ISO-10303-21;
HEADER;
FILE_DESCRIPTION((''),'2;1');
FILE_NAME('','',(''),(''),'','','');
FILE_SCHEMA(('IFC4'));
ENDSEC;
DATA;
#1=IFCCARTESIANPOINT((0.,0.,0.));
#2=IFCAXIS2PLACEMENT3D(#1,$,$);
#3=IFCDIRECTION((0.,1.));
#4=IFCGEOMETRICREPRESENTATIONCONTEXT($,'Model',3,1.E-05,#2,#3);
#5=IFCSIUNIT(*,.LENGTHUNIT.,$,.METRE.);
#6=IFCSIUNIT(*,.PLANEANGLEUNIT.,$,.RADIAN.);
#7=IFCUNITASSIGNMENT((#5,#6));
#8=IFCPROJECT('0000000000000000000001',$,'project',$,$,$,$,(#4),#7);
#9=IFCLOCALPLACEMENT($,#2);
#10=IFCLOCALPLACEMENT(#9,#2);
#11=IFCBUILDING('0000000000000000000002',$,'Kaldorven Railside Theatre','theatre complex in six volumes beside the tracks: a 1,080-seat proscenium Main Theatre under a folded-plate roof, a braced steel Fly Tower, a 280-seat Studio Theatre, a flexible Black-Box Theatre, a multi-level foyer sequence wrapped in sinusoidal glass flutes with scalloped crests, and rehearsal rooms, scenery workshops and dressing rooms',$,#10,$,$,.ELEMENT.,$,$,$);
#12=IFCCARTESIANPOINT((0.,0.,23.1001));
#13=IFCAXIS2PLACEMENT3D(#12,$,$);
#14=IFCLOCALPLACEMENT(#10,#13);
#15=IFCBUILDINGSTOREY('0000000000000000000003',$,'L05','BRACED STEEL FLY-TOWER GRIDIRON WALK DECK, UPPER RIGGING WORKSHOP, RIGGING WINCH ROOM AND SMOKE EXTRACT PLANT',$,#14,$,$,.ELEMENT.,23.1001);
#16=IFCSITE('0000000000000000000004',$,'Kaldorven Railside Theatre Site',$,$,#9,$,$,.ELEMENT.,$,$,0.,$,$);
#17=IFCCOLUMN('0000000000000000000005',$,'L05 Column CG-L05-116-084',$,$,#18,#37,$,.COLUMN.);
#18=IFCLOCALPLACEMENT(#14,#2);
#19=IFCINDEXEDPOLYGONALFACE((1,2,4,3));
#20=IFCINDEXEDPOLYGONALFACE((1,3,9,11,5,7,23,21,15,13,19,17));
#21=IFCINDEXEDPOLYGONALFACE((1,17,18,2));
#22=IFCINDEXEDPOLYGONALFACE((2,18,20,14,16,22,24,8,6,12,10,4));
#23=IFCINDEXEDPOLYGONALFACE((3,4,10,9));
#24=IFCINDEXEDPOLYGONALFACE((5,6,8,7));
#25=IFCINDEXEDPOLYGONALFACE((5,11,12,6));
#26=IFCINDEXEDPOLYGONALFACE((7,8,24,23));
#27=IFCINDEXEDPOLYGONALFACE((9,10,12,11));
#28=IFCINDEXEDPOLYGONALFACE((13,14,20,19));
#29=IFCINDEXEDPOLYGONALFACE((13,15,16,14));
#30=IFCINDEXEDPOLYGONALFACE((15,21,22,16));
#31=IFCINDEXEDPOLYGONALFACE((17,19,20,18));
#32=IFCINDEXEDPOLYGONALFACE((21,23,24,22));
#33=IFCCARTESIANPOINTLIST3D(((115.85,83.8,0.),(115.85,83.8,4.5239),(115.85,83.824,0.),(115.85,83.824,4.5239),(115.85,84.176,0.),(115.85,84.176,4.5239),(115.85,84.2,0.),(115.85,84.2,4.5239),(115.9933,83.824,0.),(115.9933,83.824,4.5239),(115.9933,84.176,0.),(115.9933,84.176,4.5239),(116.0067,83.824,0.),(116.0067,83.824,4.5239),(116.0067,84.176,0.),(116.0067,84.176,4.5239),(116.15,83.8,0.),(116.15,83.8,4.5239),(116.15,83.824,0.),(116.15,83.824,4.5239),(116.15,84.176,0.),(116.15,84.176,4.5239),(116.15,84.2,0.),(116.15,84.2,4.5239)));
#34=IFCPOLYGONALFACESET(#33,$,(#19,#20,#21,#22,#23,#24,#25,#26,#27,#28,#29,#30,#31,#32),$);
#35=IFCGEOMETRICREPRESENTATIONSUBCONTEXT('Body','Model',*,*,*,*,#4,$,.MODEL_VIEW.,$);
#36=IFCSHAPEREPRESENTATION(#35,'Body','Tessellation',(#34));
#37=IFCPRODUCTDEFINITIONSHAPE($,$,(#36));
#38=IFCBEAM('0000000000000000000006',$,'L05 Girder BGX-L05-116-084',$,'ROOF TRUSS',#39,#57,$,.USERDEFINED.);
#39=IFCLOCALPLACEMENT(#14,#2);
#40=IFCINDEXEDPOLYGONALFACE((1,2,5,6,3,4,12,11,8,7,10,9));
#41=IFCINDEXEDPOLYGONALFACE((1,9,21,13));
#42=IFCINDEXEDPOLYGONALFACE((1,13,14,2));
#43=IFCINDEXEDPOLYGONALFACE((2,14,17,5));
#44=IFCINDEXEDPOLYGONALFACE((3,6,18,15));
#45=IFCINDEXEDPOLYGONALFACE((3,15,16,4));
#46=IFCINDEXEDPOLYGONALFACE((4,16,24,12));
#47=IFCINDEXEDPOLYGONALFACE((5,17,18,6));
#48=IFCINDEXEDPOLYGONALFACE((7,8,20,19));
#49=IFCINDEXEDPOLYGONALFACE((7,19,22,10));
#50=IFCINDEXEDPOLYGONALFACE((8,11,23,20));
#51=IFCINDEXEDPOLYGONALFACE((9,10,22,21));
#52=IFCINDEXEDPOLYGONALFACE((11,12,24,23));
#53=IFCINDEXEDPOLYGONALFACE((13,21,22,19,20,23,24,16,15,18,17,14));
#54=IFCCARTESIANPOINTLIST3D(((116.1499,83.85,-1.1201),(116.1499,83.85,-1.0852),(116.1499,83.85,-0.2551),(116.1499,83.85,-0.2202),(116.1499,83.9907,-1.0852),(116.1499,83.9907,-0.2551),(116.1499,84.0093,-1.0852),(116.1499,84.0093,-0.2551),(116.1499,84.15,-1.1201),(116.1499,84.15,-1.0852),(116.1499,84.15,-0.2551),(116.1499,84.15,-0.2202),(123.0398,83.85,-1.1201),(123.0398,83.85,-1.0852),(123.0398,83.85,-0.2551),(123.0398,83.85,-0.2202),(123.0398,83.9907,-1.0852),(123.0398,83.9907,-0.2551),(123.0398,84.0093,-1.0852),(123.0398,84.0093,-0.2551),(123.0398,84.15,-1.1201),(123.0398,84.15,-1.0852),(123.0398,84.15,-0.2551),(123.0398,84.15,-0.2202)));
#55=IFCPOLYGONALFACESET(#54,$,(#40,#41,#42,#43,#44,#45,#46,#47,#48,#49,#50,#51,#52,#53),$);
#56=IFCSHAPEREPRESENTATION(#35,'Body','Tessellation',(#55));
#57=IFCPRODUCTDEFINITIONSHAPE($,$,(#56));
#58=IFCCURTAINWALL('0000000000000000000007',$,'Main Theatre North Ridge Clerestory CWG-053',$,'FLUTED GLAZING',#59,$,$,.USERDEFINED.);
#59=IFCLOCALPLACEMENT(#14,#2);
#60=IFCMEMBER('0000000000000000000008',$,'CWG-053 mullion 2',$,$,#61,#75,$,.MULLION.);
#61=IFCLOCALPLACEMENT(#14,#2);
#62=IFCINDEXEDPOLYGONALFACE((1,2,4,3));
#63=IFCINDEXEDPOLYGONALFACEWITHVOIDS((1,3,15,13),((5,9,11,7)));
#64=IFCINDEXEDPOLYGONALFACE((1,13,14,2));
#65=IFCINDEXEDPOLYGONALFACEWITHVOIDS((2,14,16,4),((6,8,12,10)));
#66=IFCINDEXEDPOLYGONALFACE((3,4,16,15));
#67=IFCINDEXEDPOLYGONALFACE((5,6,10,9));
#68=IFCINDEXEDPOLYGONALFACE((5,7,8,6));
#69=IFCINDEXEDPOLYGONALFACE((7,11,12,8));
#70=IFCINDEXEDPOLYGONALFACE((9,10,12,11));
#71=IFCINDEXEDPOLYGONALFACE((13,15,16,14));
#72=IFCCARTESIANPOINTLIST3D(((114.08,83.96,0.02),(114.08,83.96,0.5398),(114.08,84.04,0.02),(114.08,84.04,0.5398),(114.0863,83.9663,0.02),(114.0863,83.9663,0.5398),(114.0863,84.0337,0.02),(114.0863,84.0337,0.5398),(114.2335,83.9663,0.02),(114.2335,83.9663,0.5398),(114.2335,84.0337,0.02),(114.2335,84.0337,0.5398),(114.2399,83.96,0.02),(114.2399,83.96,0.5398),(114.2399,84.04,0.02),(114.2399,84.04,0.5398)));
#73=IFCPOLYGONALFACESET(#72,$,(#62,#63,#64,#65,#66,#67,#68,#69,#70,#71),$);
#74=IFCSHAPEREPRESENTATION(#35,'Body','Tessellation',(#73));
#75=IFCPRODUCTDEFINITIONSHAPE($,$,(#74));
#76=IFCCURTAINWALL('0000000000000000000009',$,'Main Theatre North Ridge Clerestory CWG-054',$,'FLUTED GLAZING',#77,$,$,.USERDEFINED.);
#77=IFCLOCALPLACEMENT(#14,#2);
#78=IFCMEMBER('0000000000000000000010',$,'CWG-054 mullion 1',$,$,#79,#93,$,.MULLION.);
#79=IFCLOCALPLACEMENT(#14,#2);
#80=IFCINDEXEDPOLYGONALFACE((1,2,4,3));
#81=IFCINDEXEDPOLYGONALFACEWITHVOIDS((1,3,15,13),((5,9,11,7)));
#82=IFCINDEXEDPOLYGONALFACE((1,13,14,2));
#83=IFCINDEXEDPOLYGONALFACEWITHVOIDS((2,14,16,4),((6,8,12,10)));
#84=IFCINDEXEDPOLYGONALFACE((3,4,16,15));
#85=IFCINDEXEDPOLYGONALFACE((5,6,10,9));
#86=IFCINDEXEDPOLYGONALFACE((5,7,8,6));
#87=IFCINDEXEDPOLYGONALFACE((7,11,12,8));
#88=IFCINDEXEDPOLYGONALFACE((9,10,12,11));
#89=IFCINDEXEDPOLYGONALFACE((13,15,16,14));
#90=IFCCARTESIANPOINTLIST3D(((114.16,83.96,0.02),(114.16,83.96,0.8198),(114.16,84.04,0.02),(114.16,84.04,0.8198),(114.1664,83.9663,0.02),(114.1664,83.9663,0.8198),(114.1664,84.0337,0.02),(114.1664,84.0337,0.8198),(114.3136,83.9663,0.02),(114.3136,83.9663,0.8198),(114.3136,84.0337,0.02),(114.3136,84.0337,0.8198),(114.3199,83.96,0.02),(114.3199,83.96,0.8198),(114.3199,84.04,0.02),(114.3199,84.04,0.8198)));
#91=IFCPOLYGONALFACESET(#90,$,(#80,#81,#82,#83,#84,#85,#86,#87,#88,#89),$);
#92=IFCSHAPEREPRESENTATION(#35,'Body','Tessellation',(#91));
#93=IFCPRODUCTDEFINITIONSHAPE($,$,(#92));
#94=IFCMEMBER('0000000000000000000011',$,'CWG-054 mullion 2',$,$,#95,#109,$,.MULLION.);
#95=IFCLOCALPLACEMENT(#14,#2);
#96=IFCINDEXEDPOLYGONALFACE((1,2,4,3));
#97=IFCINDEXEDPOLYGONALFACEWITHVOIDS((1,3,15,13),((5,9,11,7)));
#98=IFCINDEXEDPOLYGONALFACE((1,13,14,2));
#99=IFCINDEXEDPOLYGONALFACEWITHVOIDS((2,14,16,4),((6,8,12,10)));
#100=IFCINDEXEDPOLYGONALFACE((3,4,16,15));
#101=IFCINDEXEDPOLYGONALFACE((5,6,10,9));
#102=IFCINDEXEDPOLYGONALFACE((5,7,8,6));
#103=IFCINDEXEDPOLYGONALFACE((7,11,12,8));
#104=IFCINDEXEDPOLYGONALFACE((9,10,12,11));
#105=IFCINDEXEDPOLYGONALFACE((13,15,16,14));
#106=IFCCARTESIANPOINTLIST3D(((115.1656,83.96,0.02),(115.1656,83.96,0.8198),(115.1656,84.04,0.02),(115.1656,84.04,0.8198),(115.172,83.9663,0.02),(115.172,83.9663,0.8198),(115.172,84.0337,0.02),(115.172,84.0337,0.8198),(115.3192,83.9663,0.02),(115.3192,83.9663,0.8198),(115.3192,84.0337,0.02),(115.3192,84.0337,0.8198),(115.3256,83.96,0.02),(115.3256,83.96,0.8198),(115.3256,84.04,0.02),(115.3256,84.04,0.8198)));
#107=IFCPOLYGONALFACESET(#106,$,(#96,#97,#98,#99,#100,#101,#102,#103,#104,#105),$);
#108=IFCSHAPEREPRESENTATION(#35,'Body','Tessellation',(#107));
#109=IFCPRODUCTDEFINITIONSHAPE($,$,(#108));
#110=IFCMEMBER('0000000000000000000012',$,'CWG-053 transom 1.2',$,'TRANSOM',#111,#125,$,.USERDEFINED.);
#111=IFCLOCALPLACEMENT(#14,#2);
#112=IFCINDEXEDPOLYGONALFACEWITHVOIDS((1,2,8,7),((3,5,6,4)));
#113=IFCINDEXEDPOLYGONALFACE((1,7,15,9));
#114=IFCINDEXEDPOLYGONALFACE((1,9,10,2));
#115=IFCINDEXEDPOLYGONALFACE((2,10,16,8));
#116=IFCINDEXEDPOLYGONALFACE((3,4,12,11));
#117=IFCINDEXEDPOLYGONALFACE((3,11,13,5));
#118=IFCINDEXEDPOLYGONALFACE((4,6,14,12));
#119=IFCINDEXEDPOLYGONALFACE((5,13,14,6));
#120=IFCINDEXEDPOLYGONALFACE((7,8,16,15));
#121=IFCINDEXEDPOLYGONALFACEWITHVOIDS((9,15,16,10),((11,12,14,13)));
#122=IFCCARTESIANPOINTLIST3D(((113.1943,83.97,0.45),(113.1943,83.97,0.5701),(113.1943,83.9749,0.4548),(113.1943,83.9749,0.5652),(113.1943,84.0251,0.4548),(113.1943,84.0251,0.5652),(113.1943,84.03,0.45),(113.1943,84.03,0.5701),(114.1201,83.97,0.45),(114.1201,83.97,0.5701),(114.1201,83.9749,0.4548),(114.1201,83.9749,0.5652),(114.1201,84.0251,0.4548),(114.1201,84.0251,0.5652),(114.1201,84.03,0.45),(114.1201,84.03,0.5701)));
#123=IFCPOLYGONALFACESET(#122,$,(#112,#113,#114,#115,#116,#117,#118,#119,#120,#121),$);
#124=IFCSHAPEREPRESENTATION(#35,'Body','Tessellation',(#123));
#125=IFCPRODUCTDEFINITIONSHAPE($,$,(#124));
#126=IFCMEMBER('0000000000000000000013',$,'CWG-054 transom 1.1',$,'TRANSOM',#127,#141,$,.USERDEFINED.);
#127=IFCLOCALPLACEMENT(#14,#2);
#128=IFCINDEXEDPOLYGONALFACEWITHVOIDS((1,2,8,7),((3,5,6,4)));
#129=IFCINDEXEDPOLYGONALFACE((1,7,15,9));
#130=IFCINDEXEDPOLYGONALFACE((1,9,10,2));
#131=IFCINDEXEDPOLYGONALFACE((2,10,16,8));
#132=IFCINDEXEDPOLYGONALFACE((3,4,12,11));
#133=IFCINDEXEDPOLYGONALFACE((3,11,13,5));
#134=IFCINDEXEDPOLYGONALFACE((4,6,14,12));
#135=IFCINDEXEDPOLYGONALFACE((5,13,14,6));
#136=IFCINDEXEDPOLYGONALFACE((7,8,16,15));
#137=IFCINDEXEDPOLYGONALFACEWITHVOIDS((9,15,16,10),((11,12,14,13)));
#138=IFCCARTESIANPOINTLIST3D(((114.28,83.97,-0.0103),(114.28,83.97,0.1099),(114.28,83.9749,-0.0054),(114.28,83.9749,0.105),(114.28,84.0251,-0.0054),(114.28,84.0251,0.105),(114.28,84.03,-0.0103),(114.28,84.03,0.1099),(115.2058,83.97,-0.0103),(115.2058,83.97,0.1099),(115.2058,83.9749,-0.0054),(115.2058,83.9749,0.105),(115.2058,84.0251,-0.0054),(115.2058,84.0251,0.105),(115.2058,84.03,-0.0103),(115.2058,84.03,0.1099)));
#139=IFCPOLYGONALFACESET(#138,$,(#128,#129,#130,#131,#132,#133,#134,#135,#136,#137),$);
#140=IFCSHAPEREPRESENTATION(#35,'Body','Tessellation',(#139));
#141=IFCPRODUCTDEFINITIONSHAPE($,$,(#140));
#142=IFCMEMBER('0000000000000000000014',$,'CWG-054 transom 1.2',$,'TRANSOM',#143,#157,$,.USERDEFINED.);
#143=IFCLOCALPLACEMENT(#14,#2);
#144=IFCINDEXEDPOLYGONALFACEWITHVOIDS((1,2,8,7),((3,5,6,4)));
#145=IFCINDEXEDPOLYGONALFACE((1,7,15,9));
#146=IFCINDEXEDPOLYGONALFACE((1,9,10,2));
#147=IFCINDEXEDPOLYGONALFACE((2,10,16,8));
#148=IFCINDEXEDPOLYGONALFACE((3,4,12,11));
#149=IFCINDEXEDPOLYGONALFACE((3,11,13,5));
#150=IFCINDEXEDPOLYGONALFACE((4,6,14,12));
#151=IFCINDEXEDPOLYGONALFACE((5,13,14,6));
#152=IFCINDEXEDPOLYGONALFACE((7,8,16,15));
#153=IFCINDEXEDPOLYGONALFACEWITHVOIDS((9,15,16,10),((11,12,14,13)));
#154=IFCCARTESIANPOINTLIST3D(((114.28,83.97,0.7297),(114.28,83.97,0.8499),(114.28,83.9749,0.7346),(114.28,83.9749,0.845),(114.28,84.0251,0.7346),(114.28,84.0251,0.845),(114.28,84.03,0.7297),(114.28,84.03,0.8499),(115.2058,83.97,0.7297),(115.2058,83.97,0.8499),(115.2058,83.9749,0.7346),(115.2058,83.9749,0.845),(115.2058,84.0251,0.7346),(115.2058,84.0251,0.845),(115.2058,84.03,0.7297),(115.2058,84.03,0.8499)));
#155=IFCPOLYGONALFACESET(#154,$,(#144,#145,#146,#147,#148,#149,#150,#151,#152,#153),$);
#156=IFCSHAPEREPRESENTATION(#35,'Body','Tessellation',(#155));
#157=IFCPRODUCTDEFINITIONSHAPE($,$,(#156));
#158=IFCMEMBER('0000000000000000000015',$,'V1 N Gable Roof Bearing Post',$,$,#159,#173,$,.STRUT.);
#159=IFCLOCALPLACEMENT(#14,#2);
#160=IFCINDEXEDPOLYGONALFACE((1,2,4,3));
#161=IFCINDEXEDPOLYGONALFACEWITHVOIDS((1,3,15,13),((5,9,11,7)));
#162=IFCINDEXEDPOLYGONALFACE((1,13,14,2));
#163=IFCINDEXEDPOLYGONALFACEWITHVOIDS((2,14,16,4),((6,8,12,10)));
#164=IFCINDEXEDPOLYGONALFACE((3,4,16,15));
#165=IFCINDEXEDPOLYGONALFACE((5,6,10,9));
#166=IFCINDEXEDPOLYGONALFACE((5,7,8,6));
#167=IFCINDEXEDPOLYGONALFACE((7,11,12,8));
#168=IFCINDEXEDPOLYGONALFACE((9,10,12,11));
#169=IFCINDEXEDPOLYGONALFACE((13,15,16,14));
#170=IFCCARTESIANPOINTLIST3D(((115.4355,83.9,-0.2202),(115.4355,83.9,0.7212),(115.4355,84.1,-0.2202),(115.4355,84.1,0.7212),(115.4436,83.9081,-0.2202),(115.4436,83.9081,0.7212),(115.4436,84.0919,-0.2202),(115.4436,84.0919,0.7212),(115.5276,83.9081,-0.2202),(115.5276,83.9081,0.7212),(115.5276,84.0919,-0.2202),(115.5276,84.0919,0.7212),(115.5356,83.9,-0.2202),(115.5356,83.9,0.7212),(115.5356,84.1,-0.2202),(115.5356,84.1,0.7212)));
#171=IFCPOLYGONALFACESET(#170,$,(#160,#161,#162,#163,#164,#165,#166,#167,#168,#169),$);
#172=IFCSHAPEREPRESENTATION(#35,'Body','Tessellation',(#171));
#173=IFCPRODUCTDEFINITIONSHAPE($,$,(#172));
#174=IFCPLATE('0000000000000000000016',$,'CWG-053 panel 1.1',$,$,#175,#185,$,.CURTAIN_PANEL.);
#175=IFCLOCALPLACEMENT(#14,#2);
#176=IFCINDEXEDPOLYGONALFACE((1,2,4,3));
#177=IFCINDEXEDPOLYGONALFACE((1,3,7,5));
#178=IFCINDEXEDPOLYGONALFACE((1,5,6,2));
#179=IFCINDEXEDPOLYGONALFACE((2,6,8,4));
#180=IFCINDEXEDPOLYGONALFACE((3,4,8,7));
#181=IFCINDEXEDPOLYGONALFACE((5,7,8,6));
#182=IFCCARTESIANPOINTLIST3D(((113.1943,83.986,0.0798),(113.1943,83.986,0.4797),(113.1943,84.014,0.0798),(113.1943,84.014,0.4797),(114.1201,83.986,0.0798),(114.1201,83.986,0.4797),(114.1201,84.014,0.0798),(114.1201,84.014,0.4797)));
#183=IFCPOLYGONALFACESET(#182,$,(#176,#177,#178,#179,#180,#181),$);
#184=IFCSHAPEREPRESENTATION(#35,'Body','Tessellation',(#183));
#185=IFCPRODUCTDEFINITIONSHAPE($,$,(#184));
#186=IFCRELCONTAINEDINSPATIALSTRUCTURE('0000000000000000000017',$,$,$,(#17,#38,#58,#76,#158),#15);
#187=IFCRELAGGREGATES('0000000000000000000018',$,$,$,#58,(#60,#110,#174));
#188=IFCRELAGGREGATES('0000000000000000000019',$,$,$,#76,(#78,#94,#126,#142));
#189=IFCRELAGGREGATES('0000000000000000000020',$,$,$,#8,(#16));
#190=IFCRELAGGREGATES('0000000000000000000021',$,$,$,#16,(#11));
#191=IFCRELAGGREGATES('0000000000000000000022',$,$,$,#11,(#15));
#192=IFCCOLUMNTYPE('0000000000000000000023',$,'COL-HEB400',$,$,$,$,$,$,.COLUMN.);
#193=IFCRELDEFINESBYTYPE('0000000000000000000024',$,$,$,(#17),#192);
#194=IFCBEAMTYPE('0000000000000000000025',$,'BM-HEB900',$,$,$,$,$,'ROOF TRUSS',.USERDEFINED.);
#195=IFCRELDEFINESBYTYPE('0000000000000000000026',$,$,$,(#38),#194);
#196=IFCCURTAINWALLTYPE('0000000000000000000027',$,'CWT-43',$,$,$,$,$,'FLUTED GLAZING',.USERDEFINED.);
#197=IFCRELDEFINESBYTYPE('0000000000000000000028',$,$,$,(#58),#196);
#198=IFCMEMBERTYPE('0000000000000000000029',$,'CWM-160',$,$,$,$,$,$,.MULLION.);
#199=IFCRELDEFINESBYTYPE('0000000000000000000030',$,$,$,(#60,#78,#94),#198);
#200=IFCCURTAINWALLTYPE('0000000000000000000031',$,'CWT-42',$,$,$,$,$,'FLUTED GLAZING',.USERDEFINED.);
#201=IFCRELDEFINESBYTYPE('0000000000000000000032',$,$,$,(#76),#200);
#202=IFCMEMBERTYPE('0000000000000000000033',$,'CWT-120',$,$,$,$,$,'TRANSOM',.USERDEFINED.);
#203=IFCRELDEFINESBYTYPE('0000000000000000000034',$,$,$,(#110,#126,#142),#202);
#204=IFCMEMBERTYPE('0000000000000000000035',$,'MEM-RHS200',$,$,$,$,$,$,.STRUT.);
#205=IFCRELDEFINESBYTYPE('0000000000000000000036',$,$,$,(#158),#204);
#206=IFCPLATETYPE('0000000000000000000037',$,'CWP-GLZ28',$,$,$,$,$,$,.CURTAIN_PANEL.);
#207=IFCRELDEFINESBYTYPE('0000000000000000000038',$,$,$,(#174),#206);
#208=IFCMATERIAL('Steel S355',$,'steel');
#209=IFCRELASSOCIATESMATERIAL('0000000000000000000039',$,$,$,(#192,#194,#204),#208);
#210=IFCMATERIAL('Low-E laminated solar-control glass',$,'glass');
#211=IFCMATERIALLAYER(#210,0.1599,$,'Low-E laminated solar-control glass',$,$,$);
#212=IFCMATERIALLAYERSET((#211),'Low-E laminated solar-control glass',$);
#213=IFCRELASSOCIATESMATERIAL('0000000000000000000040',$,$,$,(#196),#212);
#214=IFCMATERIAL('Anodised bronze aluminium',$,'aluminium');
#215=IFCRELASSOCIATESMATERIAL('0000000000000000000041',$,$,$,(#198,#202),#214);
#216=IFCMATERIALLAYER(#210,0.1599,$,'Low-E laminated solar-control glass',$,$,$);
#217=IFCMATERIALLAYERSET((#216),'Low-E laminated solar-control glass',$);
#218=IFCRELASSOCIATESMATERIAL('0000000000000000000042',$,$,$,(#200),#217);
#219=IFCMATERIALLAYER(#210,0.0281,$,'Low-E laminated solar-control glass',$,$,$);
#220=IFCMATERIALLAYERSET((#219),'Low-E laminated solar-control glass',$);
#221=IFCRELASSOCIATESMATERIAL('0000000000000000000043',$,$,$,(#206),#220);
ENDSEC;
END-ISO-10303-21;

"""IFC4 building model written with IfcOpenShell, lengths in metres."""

from ifc_helpers import new_model, si_unit, direction, frame, origin, origin_2d, place, context, subcontext, project, spatial, rectangle, hollow_rectangle, i_section, extrude, material, layer, layer_set, material_profile, profile_set, type_object, element, aggregate, save


model = new_model("IFC4")

# Units and contexts
model_context = context("Model", 3, precision=1e-05, world=origin(), true_north=direction((0.0, 1.0)))
body_context = subcontext(model_context, "Body", "Model", "MODEL_VIEW")
ifc_project = project(units=[si_unit("LENGTHUNIT", "METRE"), si_unit("PLANEANGLEUNIT", "RADIAN")], contexts=[model_context])

# Site, building, storey
site_placement = place(None, origin())
site = spatial("IfcSite", under=ifc_project, at=site_placement, Name="Kaldorven Railside Theatre Site", CompositionType="ELEMENT", RefElevation=0.0)
building_placement = place(site_placement, origin())
building = spatial("IfcBuilding", under=site, at=building_placement, Name="Kaldorven Railside Theatre", Description="theatre complex in six volumes beside the tracks: a 1,080-seat proscenium Main Theatre under a folded-plate roof, a braced steel Fly Tower, a 280-seat Studio Theatre, a flexible Black-Box Theatre, a multi-level foyer sequence wrapped in sinusoidal glass flutes with scalloped crests, and rehearsal rooms, scenery workshops and dressing rooms", CompositionType="ELEMENT")
storey_placement = place(building_placement, frame((0.0, 0.0, 23.1001)))
storey = spatial("IfcBuildingStorey", under=building, at=storey_placement, Name="L05", Description="BRACED STEEL FLY-TOWER GRIDIRON WALK DECK, UPPER RIGGING WORKSHOP, RIGGING WINCH ROOM AND SMOKE EXTRACT PLANT", CompositionType="ELEMENT", Elevation=23.1001)

# Column
ifc_material_1 = material(Name="Steel S355", Category="steel")
ifc_material_profile_1 = material_profile(ifc_material_1, i_section(OverallWidth=0.3, OverallDepth=0.3999, WebThickness=0.0134, FlangeThickness=0.0239, at=origin_2d()), Name="HEB 400")
ifc_profile_set_1 = profile_set([ifc_material_profile_1], Name="Steel S355")
column_type = type_object("IfcColumnType", Name="COL-HEB400", PredefinedType="COLUMN", material=ifc_profile_set_1)
column_placement = place(storey_placement, frame((116.0, 84.0, 0.0), z_axis=(0.0, 0.0, 1.0), x_axis=(1.0, 0.0, 0.0)))
element("IfcColumn", 1, at=column_placement, inside=storey, type_object=column_type, Name="L05 Column CG-L05-116-084", PredefinedType="COLUMN", context=body_context, shape_type="SweptSolid", body=[
    extrude(i_section(OverallWidth=0.3, OverallDepth=0.3999, WebThickness=0.0134, FlangeThickness=0.0239, at=origin_2d()), origin(), (0.0, 0.0, 1.0), 4.5239),
])

# Beam
ifc_material_profile_2 = material_profile(ifc_material_1, i_section(OverallWidth=0.3, OverallDepth=0.8999, WebThickness=0.0186, FlangeThickness=0.0349, at=origin_2d()), Name="HEB 900")
ifc_profile_set_2 = profile_set([ifc_material_profile_2], Name="Steel S355")
beam_type = type_object("IfcBeamType", Name="BM-HEB900", ElementType="ROOF TRUSS", PredefinedType="USERDEFINED", material=ifc_profile_set_2)
beam_placement = place(storey_placement, frame((116.1499, 84.0, -0.6702), z_axis=(1.0, 0.0, 0.0), x_axis=(0.0, 1.0, 0.0)))
element("IfcBeam", 2, at=beam_placement, inside=storey, type_object=beam_type, Name="L05 Girder BGX-L05-116-084", ObjectType="ROOF TRUSS", PredefinedType="USERDEFINED", context=body_context, shape_type="SweptSolid", body=[
    extrude(i_section(OverallWidth=0.3, OverallDepth=0.8999, WebThickness=0.0186, FlangeThickness=0.0349, at=origin_2d()), origin(), (0.0, 0.0, 1.0), 6.8899),
])

# Curtain wall, member
ifc_material_2 = material(Name="Low-E laminated solar-control glass", Category="glass")
ifc_layer_1 = layer(ifc_material_2, 0.1599, Name="Low-E laminated solar-control glass")
ifc_layer_set_1 = layer_set([ifc_layer_1], Name="Low-E laminated solar-control glass")
curtain_wall_type_1 = type_object("IfcCurtainWallType", Name="CWT-43", ElementType="FLUTED GLAZING", PredefinedType="USERDEFINED", material=ifc_layer_set_1)
curtain_wall_1_placement = place(storey_placement, origin())
curtain_wall_1 = element("IfcCurtainWall", 3, at=curtain_wall_1_placement, inside=storey, type_object=curtain_wall_type_1, Name="Main Theatre North Ridge Clerestory CWG-053", ObjectType="FLUTED GLAZING", PredefinedType="USERDEFINED")
ifc_material_3 = material(Name="Anodised bronze aluminium", Category="aluminium")
ifc_material_profile_3 = material_profile(ifc_material_3, hollow_rectangle(XDim=0.0801, YDim=0.1599, WallThickness=0.0063, at=origin_2d()), Name="RHS 160x80x6.3")
ifc_profile_set_3 = profile_set([ifc_material_profile_3], Name="Anodised bronze aluminium")
member_type_1 = type_object("IfcMemberType", Name="CWM-160", PredefinedType="MULLION", material=ifc_profile_set_3)
member_1_placement = place(storey_placement, frame((114.1599, 84.0, 0.02), z_axis=(0.0, 0.0, 1.0), x_axis=(0.0, 1.0, 0.0)))
member_1 = element("IfcMember", 4, at=member_1_placement, type_object=member_type_1, Name="CWG-053 mullion 2", PredefinedType="MULLION", context=body_context, shape_type="SweptSolid", body=[
    extrude(hollow_rectangle(XDim=0.0801, YDim=0.1599, WallThickness=0.0063, at=origin_2d()), origin(), (0.0, 0.0, 1.0), 0.5198),
])

# Curtain wall, members
ifc_layer_2 = layer(ifc_material_2, 0.1599, Name="Low-E laminated solar-control glass")
ifc_layer_set_2 = layer_set([ifc_layer_2], Name="Low-E laminated solar-control glass")
curtain_wall_type_2 = type_object("IfcCurtainWallType", Name="CWT-42", ElementType="FLUTED GLAZING", PredefinedType="USERDEFINED", material=ifc_layer_set_2)
curtain_wall_2_placement = place(storey_placement, origin())
curtain_wall_2 = element("IfcCurtainWall", 5, at=curtain_wall_2_placement, inside=storey, type_object=curtain_wall_type_2, Name="Main Theatre North Ridge Clerestory CWG-054", ObjectType="FLUTED GLAZING", PredefinedType="USERDEFINED")
member_2_placement = place(storey_placement, frame((114.24, 84.0, 0.02), z_axis=(0.0, 0.0, 1.0), x_axis=(0.0, 1.0, 0.0)))
member_2 = element("IfcMember", 6, at=member_2_placement, type_object=member_type_1, Name="CWG-054 mullion 1", PredefinedType="MULLION", context=body_context, shape_type="SweptSolid", body=[
    extrude(hollow_rectangle(XDim=0.0801, YDim=0.1599, WallThickness=0.0063, at=origin_2d()), origin(), (0.0, 0.0, 1.0), 0.7998),
])
member_3_placement = place(storey_placement, frame((115.2456, 84.0, 0.02), z_axis=(0.0, 0.0, 1.0), x_axis=(0.0, 1.0, 0.0)))
member_3 = element("IfcMember", 7, at=member_3_placement, type_object=member_type_1, Name="CWG-054 mullion 2", PredefinedType="MULLION", context=body_context, shape_type="SweptSolid", body=[
    extrude(hollow_rectangle(XDim=0.0801, YDim=0.1599, WallThickness=0.0063, at=origin_2d()), origin(), (0.0, 0.0, 1.0), 0.7998),
])

# Members
ifc_material_profile_4 = material_profile(ifc_material_3, hollow_rectangle(XDim=0.0601, YDim=0.1201, WallThickness=0.0049, at=origin_2d()), Name="RHS 120x60x5")
ifc_profile_set_4 = profile_set([ifc_material_profile_4], Name="Anodised bronze aluminium")
member_type_2 = type_object("IfcMemberType", Name="CWT-120", ElementType="TRANSOM", PredefinedType="USERDEFINED", material=ifc_profile_set_4)
member_4_placement = place(storey_placement, frame((113.1943, 84.0, 0.51), z_axis=(1.0, 0.0, 0.0), x_axis=(0.0, 1.0, 0.0)))
member_4 = element("IfcMember", 8, at=member_4_placement, type_object=member_type_2, Name="CWG-053 transom 1.2", ObjectType="TRANSOM", PredefinedType="USERDEFINED", context=body_context, shape_type="SweptSolid", body=[
    extrude(hollow_rectangle(XDim=0.0601, YDim=0.1201, WallThickness=0.0049, at=origin_2d()), origin(), (0.0, 0.0, 1.0), 0.9258),
])
member_5_placement = place(storey_placement, frame((114.28, 84.0, 0.0498), z_axis=(1.0, 0.0, 0.0), x_axis=(0.0, 1.0, 0.0)))
member_5 = element("IfcMember", 9, at=member_5_placement, type_object=member_type_2, Name="CWG-054 transom 1.1", ObjectType="TRANSOM", PredefinedType="USERDEFINED", context=body_context, shape_type="SweptSolid", body=[
    extrude(hollow_rectangle(XDim=0.0601, YDim=0.1201, WallThickness=0.0049, at=origin_2d()), origin(), (0.0, 0.0, 1.0), 0.9258),
])
member_6_placement = place(storey_placement, frame((114.28, 84.0, 0.7898), z_axis=(1.0, 0.0, 0.0), x_axis=(0.0, 1.0, 0.0)))
member_6 = element("IfcMember", 10, at=member_6_placement, type_object=member_type_2, Name="CWG-054 transom 1.2", ObjectType="TRANSOM", PredefinedType="USERDEFINED", context=body_context, shape_type="SweptSolid", body=[
    extrude(hollow_rectangle(XDim=0.0601, YDim=0.1201, WallThickness=0.0049, at=origin_2d()), origin(), (0.0, 0.0, 1.0), 0.9258),
])
ifc_material_profile_5 = material_profile(ifc_material_1, hollow_rectangle(XDim=0.1001, YDim=0.2, WallThickness=0.0081, at=origin_2d()), Name="RHS 200x100x8")
ifc_profile_set_5 = profile_set([ifc_material_profile_5], Name="Steel S355")
member_type_3 = type_object("IfcMemberType", Name="MEM-RHS200", PredefinedType="STRUT", material=ifc_profile_set_5)
member_7_placement = place(storey_placement, frame((115.4856, 84.0, -0.2202), z_axis=(0.0, 0.0, 1.0), x_axis=(1.0, 0.0, 0.0)))
element("IfcMember", 11, at=member_7_placement, inside=storey, type_object=member_type_3, Name="V1 N Gable Roof Bearing Post", PredefinedType="STRUT", context=body_context, shape_type="SweptSolid", body=[
    extrude(hollow_rectangle(XDim=0.1001, YDim=0.2, WallThickness=0.0081, at=origin_2d()), origin(), (0.0, 0.0, 1.0), 0.9414),
])

# Plate
ifc_layer_3 = layer(ifc_material_2, 0.0281, Name="Low-E laminated solar-control glass")
ifc_layer_set_3 = layer_set([ifc_layer_3], Name="Low-E laminated solar-control glass")
plate_type_1 = type_object("IfcPlateType", Name="CWP-GLZ28", PredefinedType="CURTAIN_PANEL", material=ifc_layer_set_3)
plate_1_placement = place(storey_placement, frame((113.6572, 84.0, 0.0798), z_axis=(0.0, 0.0, 1.0), x_axis=(1.0, 0.0, 0.0)))
plate_1 = element("IfcPlate", 12, at=plate_1_placement, type_object=plate_type_1, Name="CWG-053 panel 1.1", PredefinedType="CURTAIN_PANEL", context=body_context, shape_type="SweptSolid", body=[
    extrude(rectangle(XDim=0.9258, YDim=0.0281, at=origin_2d()), origin(), (0.0, 0.0, 1.0), 0.3999),
])
aggregate(curtain_wall_1, [member_1, member_4, plate_1])
aggregate(curtain_wall_2, [member_2, member_3, member_5, member_6])

save(model, "model.ifc")
